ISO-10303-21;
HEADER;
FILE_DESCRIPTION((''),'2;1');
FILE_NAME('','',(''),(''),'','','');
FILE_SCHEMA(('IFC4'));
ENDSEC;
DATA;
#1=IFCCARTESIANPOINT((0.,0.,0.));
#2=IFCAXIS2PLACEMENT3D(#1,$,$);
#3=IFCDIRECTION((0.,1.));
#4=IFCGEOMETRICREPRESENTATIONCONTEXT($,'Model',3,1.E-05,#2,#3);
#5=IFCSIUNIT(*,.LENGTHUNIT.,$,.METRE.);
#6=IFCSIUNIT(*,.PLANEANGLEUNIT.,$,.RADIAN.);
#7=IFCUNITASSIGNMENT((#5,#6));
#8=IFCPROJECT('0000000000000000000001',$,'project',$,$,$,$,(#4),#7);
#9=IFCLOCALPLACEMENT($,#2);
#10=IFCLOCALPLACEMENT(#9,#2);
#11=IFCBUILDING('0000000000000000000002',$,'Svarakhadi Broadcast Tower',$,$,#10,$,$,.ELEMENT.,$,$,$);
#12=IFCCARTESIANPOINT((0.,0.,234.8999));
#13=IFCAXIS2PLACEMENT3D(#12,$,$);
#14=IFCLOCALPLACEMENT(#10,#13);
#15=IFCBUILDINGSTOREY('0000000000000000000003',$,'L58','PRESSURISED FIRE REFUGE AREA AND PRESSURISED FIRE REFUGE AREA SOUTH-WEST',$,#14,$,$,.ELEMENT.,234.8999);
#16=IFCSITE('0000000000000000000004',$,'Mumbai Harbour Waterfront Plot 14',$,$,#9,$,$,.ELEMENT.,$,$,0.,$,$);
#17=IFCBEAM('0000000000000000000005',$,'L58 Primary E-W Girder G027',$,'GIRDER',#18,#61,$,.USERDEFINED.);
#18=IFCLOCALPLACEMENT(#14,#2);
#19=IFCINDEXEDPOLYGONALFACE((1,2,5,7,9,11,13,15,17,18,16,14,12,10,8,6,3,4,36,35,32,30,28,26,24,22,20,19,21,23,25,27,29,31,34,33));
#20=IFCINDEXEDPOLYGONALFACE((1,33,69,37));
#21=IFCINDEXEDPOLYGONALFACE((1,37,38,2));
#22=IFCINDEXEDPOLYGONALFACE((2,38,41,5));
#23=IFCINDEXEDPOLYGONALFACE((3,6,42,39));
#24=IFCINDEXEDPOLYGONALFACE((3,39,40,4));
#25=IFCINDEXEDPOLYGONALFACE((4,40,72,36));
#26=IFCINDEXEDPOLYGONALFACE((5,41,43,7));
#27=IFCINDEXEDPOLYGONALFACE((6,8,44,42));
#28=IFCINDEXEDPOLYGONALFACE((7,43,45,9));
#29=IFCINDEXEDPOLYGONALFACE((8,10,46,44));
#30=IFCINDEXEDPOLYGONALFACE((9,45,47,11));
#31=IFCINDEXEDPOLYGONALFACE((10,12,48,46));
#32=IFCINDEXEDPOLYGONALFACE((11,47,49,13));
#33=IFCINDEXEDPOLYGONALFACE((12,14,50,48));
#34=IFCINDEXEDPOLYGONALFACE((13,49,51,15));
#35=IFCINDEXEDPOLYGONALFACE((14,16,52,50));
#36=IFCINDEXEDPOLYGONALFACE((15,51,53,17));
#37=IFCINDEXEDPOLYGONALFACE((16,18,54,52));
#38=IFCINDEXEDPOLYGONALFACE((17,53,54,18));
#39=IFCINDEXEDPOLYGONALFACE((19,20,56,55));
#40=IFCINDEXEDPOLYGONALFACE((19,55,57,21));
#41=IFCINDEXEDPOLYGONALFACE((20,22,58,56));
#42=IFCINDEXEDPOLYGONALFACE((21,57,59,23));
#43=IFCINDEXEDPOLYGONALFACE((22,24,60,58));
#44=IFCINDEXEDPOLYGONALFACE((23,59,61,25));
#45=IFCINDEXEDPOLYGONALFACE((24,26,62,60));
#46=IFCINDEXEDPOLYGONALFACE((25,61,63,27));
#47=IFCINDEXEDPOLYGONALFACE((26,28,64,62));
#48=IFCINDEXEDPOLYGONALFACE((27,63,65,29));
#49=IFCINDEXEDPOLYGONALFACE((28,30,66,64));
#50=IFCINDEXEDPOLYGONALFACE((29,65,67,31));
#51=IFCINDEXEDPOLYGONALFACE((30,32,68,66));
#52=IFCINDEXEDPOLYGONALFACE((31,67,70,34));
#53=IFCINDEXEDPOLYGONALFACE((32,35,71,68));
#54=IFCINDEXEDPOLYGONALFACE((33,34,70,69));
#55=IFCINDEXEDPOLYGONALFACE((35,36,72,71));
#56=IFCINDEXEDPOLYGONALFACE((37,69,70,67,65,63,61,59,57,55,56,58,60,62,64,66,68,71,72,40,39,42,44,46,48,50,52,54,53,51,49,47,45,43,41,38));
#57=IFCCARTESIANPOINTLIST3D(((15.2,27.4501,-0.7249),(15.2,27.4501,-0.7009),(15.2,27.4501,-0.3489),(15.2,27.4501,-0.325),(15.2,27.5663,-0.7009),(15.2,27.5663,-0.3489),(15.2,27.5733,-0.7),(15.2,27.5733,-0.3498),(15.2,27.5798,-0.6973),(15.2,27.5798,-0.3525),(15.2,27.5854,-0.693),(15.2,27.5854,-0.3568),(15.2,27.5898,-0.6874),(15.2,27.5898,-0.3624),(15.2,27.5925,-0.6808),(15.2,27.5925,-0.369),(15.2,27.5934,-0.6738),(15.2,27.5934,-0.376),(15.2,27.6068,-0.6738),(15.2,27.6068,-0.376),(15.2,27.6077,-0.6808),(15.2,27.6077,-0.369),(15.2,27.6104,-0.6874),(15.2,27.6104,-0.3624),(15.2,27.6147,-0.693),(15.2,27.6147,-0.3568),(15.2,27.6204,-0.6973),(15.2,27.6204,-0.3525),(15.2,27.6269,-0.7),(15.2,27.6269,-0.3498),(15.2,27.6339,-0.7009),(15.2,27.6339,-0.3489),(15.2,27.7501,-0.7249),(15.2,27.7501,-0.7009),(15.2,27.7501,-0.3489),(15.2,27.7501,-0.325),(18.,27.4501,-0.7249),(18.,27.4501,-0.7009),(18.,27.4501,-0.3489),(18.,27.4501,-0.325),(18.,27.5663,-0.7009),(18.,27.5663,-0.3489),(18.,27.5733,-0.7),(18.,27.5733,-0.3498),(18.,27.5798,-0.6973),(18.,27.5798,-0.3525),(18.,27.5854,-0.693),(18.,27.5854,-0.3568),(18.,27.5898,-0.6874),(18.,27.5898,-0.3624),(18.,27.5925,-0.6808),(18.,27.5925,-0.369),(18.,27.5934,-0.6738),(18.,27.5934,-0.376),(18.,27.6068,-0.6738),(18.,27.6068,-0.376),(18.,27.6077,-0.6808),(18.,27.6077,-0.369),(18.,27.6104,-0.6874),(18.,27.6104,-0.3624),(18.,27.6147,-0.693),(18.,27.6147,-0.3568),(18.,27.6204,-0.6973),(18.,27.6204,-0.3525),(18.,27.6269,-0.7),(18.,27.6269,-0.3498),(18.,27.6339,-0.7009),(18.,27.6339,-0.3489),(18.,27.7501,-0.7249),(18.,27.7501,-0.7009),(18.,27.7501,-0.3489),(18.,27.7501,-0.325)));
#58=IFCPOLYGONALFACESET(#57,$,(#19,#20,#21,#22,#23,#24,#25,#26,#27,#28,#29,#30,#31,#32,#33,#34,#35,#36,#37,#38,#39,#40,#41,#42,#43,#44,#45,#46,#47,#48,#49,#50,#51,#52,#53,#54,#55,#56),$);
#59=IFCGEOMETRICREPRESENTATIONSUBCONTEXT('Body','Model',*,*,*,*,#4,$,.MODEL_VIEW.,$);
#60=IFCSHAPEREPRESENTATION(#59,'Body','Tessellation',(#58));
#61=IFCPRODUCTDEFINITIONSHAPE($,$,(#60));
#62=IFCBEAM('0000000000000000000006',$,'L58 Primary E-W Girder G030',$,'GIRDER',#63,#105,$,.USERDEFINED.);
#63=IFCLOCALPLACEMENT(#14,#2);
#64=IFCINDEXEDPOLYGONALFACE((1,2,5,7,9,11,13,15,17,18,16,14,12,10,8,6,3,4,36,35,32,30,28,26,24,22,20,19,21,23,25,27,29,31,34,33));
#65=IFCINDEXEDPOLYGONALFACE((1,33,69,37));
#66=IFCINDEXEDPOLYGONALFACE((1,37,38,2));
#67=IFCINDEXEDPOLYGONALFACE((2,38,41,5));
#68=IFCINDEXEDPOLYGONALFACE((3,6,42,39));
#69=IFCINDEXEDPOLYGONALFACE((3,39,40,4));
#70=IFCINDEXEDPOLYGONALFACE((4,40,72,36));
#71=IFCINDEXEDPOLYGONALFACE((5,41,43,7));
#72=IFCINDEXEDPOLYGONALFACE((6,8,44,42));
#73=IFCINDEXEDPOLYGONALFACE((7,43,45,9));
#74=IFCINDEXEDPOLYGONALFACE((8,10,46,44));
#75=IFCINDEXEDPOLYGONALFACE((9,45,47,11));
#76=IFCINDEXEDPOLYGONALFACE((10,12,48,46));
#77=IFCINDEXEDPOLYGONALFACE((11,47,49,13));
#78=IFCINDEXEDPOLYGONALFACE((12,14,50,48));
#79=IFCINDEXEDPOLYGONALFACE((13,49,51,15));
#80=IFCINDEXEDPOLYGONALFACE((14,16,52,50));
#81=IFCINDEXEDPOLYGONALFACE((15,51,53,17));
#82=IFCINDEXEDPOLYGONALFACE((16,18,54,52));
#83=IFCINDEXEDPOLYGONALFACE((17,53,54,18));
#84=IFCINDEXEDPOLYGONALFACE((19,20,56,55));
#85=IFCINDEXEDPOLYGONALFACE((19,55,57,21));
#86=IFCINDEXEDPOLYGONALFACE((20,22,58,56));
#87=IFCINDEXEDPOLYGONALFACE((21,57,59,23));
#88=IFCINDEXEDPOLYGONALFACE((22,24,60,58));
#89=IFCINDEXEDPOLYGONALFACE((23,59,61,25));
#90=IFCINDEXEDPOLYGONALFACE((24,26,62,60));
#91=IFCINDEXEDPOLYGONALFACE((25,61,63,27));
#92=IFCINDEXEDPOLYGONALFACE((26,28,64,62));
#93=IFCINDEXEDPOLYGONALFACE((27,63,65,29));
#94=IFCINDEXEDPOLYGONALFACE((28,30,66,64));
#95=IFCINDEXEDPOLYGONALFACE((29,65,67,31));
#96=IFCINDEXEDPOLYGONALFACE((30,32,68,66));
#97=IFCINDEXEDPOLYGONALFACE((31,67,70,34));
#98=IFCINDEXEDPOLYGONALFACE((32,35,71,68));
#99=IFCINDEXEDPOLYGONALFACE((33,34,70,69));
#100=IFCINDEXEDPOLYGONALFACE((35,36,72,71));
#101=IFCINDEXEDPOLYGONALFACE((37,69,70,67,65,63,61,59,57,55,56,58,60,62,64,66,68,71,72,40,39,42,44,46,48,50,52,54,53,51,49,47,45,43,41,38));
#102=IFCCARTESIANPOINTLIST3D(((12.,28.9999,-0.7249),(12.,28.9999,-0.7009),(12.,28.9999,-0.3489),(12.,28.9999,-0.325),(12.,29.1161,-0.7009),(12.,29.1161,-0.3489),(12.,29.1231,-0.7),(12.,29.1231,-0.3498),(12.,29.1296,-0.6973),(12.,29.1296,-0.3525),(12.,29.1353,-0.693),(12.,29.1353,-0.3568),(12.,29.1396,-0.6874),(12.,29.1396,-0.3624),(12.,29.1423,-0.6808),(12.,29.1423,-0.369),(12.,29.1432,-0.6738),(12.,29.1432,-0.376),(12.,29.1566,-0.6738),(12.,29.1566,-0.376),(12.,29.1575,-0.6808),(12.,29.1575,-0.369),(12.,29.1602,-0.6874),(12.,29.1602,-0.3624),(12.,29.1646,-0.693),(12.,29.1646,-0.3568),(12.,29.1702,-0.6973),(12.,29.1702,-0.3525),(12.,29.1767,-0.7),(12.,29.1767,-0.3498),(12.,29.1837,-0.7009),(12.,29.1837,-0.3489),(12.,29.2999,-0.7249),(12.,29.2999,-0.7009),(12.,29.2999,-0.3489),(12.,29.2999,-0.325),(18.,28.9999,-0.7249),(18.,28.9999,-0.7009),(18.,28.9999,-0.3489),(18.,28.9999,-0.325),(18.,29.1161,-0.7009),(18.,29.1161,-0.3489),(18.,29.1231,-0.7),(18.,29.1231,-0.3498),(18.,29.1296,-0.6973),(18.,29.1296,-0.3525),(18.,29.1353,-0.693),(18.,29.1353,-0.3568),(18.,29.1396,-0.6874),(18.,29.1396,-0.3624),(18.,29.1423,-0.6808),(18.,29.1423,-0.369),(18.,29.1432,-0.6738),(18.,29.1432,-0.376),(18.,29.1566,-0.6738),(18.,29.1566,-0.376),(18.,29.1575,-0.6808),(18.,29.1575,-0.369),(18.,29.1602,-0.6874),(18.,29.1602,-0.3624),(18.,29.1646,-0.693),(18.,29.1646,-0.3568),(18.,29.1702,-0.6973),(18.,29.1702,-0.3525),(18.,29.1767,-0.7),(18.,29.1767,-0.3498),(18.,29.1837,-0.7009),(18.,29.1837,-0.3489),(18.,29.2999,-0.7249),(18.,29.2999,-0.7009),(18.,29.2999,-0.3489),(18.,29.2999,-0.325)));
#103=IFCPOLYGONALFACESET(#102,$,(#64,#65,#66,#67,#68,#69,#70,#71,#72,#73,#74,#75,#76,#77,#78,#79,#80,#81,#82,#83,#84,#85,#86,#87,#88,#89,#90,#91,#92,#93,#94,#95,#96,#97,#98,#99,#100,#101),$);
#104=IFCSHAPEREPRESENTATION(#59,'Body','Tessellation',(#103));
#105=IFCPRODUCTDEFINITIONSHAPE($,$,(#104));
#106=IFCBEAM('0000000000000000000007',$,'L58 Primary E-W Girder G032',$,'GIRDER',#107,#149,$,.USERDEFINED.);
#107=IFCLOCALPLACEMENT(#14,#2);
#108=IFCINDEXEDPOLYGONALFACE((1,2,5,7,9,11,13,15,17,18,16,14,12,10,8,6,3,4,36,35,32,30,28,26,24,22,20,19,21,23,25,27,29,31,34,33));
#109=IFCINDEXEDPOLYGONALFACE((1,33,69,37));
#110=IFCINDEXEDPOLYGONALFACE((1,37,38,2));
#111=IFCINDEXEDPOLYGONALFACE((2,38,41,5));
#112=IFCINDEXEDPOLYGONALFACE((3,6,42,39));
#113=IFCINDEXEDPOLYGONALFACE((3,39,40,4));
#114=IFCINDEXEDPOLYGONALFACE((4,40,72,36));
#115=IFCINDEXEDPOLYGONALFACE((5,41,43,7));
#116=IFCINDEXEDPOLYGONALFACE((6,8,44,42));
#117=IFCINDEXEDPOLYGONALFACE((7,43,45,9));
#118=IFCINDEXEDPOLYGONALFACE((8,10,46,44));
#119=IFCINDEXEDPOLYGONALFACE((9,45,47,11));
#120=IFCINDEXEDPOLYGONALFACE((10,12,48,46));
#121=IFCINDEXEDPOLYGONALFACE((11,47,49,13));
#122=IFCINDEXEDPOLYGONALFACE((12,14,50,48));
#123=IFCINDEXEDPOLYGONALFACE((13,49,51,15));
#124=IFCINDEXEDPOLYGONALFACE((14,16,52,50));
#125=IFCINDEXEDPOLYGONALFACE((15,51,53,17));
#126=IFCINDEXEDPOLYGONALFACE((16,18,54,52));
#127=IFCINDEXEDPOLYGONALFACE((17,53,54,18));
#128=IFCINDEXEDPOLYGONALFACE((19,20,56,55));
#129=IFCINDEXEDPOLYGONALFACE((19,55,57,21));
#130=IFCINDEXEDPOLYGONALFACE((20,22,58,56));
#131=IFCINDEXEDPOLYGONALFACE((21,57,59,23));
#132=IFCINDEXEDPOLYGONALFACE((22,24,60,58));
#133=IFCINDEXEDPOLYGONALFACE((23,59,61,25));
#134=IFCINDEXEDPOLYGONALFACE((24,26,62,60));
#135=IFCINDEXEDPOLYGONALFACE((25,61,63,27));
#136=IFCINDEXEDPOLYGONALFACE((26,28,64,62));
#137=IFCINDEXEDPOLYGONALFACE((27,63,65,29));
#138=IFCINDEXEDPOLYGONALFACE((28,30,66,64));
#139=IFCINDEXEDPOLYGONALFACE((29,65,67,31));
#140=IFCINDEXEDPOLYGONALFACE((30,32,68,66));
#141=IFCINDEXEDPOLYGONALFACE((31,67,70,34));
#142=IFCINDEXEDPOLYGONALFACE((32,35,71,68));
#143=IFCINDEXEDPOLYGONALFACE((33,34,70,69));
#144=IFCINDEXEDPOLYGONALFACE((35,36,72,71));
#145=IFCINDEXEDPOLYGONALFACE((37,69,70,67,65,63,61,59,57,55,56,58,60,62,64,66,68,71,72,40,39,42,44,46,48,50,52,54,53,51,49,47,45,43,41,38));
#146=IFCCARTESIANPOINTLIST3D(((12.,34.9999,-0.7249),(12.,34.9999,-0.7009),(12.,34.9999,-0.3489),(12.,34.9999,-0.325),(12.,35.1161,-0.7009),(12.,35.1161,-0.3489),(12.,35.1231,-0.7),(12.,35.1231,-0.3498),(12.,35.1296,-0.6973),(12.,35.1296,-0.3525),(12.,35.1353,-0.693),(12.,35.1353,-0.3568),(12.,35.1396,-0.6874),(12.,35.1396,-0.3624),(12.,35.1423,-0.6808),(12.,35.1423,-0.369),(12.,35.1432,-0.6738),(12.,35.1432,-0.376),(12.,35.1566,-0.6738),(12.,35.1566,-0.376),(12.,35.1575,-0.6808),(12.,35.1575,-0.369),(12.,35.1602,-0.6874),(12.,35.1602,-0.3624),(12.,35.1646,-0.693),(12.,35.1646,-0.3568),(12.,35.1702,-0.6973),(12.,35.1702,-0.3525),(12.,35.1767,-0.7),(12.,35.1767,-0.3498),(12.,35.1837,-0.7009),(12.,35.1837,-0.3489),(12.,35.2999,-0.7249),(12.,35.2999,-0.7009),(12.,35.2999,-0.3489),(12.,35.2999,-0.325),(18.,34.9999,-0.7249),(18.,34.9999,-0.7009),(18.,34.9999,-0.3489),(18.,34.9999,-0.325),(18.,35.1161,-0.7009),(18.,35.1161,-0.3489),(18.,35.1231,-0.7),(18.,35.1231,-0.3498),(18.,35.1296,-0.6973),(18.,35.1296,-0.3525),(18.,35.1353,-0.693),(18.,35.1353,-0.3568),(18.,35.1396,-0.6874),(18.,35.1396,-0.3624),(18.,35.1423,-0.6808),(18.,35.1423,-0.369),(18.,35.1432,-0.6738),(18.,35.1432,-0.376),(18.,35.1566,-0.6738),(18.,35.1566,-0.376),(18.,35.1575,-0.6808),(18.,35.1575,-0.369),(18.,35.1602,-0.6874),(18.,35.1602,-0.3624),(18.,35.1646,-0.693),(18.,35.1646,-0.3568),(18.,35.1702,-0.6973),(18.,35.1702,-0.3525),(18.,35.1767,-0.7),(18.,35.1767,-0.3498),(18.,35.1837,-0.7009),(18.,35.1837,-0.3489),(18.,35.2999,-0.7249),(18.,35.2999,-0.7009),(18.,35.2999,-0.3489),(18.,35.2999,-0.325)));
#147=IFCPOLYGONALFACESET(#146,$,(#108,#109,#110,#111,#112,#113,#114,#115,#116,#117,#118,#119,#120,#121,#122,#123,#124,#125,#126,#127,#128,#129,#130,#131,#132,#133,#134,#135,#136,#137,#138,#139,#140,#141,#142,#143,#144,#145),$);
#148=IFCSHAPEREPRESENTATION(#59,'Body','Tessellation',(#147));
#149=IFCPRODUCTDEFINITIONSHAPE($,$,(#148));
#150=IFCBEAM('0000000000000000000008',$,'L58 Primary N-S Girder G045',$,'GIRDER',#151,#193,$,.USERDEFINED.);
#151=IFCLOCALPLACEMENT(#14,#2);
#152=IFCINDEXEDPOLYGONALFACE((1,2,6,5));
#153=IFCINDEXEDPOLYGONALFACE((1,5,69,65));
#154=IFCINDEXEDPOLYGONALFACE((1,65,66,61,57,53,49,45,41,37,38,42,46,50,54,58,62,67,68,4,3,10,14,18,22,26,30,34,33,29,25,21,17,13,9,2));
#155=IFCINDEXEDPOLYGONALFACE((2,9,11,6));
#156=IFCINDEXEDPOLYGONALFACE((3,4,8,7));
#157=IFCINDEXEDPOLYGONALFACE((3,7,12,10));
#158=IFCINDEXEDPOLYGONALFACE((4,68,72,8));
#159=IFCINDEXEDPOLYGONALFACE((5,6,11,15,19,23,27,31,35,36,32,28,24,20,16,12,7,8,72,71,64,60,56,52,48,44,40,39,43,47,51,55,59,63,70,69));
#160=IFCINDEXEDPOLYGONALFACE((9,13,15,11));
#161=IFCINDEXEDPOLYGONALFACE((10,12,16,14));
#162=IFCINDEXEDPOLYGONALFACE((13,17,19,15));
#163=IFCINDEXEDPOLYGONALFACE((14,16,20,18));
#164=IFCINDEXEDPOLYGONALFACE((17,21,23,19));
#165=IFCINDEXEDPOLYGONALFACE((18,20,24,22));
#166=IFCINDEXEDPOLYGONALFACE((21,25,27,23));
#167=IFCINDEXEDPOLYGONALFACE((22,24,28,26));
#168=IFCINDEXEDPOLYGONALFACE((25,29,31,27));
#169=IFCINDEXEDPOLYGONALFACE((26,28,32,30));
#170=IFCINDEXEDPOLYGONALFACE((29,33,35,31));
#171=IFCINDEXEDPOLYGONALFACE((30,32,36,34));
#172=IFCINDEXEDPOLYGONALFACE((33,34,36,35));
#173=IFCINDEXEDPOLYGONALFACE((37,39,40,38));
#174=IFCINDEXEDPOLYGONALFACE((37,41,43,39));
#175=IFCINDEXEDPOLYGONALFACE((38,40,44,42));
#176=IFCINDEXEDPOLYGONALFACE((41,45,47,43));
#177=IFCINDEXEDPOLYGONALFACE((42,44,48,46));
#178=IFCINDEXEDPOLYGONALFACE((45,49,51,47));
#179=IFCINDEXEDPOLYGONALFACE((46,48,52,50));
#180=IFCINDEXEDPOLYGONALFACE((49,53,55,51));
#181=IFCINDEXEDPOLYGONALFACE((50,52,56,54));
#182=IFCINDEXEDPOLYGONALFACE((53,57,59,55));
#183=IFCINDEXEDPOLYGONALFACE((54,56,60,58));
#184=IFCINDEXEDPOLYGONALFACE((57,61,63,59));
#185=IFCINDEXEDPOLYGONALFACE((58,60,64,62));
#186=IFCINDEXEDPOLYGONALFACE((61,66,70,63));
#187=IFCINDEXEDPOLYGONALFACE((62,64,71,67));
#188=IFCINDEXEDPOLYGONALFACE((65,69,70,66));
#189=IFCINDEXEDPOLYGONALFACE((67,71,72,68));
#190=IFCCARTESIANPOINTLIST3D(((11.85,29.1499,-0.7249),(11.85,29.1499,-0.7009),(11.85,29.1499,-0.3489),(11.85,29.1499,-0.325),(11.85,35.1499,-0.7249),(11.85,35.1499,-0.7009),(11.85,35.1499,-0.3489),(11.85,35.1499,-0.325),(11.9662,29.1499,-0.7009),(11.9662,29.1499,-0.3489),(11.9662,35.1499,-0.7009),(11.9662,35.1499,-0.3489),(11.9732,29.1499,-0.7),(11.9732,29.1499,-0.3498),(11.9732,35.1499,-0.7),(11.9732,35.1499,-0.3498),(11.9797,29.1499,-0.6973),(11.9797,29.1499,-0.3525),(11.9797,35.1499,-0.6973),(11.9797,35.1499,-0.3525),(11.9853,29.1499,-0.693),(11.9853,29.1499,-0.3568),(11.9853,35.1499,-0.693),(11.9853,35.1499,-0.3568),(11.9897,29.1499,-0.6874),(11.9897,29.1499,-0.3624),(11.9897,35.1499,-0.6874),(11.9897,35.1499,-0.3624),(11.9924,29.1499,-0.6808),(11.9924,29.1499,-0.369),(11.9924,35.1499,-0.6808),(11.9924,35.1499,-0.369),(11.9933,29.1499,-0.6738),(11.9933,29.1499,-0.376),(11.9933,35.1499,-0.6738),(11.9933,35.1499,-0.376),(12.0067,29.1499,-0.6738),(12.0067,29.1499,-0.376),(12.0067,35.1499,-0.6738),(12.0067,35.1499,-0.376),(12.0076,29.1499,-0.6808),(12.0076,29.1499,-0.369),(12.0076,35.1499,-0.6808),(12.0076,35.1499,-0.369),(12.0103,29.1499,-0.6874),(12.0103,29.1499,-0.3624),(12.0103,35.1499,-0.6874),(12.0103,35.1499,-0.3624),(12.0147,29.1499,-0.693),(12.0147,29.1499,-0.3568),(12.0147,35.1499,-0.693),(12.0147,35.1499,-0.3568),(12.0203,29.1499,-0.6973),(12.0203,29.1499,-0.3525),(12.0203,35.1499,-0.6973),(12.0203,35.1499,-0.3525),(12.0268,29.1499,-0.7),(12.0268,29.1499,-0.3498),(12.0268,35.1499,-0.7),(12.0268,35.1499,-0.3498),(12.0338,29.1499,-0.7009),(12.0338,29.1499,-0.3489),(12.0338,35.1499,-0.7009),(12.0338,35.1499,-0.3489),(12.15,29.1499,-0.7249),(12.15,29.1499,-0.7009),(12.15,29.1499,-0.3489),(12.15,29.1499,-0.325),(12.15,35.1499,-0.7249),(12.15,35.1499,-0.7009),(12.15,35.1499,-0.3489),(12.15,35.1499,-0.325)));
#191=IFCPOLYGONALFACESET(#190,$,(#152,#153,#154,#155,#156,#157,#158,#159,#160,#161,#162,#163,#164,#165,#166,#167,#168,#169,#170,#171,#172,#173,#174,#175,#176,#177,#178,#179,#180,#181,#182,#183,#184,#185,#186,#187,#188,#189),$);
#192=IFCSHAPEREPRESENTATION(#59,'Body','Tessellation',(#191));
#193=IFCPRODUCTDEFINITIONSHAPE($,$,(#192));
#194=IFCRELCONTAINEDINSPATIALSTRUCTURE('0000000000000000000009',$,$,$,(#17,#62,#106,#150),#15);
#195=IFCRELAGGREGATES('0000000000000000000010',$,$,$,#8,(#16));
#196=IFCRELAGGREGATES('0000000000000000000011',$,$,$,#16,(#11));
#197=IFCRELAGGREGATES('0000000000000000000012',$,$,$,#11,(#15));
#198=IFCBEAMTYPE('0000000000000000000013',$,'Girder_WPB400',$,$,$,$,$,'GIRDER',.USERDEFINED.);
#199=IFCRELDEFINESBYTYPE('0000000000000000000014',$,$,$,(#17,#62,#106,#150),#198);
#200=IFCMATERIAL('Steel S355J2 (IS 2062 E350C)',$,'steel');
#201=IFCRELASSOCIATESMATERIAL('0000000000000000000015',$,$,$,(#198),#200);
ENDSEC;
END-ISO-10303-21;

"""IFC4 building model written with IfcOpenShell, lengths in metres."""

from ifc_helpers import new_model, si_unit, direction, frame, origin, origin_2d, place, context, subcontext, project, spatial, i_section, extrude, material, material_profile, profile_set, type_object, element, save


model = new_model("IFC4")

# Units and contexts
model_context = context("Model", 3, precision=1e-05, world=origin(), true_north=direction((0.0, 1.0)))
body_context = subcontext(model_context, "Body", "Model", "MODEL_VIEW")
ifc_project = project(units=[si_unit("LENGTHUNIT", "METRE"), si_unit("PLANEANGLEUNIT", "RADIAN")], contexts=[model_context])

# Site, building, storey
site_placement = place(None, origin())
site = spatial("IfcSite", under=ifc_project, at=site_placement, Name="Mumbai Harbour Waterfront Plot 14", CompositionType="ELEMENT", RefElevation=0.0)
building_placement = place(site_placement, origin())
building = spatial("IfcBuilding", under=site, at=building_placement, Name="Svarakhadi Broadcast Tower", CompositionType="ELEMENT")
storey_placement = place(building_placement, frame((0.0, 0.0, 234.8999)))
storey = spatial("IfcBuildingStorey", under=building, at=storey_placement, Name="L58", Description="PRESSURISED FIRE REFUGE AREA AND PRESSURISED FIRE REFUGE AREA SOUTH-WEST", CompositionType="ELEMENT", Elevation=234.8999)

# Shared definitions
ifc_material_1 = material(Name="Steel S355J2 (IS 2062 E350C)", Category="steel")

# Beams
ifc_material_profile_1 = material_profile(ifc_material_1, i_section(OverallWidth=0.3, OverallDepth=0.3999, WebThickness=0.0134, FlangeThickness=0.0239, FilletRadius=0.0271, at=origin_2d()), Name="WPB 400x300x155")
ifc_profile_set_1 = profile_set([ifc_material_profile_1], Name="Steel S355J2 (IS 2062 E350C)")
beam_type_1 = type_object("IfcBeamType", Name="Girder_WPB400", ElementType="GIRDER", PredefinedType="USERDEFINED", material=ifc_profile_set_1)
beam_placement = place(storey_placement, frame((15.2, 27.6001, -0.5249), z_axis=(1.0, 0.0, 0.0), x_axis=(0.0, 1.0, 0.0)))
element("IfcBeam", 1, at=beam_placement, inside=storey, type_object=beam_type_1, Name="L58 Primary E-W Girder G027", ObjectType="GIRDER", PredefinedType="USERDEFINED", context=body_context, shape_type="SweptSolid", body=[
    extrude(i_section(OverallWidth=0.3, OverallDepth=0.3999, WebThickness=0.0134, FlangeThickness=0.0239, FilletRadius=0.0271, at=origin_2d()), origin(), (0.0, 0.0, 1.0), 2.8),
])
for number, where, z_axis, x_axis, name in (
    (2, (12.0, 29.1499, -0.5249), (1.0, 0.0, 0.0), (0.0, 1.0, 0.0), "L58 Primary E-W Girder G030"),
    (3, (12.0, 35.1499, -0.5249), (1.0, 0.0, 0.0), (0.0, 1.0, 0.0), "L58 Primary E-W Girder G032"),
    (4, (12.0, 29.1499, -0.5249), (0.0, 1.0, 0.0), (-1.0, 0.0, 0.0), "L58 Primary N-S Girder G045"),
):
    element("IfcBeam", number, at=place(storey_placement, frame(where, z_axis=z_axis, x_axis=x_axis)), inside=storey, type_object=beam_type_1, Name=name, ObjectType="GIRDER", PredefinedType="USERDEFINED", context=body_context, shape_type="SweptSolid", body=[
        extrude(i_section(OverallWidth=0.3, OverallDepth=0.3999, WebThickness=0.0134, FlangeThickness=0.0239, FilletRadius=0.0271, at=origin_2d()), origin(), (0.0, 0.0, 1.0), 6.0),
    ])

save(model, "model.ifc")
